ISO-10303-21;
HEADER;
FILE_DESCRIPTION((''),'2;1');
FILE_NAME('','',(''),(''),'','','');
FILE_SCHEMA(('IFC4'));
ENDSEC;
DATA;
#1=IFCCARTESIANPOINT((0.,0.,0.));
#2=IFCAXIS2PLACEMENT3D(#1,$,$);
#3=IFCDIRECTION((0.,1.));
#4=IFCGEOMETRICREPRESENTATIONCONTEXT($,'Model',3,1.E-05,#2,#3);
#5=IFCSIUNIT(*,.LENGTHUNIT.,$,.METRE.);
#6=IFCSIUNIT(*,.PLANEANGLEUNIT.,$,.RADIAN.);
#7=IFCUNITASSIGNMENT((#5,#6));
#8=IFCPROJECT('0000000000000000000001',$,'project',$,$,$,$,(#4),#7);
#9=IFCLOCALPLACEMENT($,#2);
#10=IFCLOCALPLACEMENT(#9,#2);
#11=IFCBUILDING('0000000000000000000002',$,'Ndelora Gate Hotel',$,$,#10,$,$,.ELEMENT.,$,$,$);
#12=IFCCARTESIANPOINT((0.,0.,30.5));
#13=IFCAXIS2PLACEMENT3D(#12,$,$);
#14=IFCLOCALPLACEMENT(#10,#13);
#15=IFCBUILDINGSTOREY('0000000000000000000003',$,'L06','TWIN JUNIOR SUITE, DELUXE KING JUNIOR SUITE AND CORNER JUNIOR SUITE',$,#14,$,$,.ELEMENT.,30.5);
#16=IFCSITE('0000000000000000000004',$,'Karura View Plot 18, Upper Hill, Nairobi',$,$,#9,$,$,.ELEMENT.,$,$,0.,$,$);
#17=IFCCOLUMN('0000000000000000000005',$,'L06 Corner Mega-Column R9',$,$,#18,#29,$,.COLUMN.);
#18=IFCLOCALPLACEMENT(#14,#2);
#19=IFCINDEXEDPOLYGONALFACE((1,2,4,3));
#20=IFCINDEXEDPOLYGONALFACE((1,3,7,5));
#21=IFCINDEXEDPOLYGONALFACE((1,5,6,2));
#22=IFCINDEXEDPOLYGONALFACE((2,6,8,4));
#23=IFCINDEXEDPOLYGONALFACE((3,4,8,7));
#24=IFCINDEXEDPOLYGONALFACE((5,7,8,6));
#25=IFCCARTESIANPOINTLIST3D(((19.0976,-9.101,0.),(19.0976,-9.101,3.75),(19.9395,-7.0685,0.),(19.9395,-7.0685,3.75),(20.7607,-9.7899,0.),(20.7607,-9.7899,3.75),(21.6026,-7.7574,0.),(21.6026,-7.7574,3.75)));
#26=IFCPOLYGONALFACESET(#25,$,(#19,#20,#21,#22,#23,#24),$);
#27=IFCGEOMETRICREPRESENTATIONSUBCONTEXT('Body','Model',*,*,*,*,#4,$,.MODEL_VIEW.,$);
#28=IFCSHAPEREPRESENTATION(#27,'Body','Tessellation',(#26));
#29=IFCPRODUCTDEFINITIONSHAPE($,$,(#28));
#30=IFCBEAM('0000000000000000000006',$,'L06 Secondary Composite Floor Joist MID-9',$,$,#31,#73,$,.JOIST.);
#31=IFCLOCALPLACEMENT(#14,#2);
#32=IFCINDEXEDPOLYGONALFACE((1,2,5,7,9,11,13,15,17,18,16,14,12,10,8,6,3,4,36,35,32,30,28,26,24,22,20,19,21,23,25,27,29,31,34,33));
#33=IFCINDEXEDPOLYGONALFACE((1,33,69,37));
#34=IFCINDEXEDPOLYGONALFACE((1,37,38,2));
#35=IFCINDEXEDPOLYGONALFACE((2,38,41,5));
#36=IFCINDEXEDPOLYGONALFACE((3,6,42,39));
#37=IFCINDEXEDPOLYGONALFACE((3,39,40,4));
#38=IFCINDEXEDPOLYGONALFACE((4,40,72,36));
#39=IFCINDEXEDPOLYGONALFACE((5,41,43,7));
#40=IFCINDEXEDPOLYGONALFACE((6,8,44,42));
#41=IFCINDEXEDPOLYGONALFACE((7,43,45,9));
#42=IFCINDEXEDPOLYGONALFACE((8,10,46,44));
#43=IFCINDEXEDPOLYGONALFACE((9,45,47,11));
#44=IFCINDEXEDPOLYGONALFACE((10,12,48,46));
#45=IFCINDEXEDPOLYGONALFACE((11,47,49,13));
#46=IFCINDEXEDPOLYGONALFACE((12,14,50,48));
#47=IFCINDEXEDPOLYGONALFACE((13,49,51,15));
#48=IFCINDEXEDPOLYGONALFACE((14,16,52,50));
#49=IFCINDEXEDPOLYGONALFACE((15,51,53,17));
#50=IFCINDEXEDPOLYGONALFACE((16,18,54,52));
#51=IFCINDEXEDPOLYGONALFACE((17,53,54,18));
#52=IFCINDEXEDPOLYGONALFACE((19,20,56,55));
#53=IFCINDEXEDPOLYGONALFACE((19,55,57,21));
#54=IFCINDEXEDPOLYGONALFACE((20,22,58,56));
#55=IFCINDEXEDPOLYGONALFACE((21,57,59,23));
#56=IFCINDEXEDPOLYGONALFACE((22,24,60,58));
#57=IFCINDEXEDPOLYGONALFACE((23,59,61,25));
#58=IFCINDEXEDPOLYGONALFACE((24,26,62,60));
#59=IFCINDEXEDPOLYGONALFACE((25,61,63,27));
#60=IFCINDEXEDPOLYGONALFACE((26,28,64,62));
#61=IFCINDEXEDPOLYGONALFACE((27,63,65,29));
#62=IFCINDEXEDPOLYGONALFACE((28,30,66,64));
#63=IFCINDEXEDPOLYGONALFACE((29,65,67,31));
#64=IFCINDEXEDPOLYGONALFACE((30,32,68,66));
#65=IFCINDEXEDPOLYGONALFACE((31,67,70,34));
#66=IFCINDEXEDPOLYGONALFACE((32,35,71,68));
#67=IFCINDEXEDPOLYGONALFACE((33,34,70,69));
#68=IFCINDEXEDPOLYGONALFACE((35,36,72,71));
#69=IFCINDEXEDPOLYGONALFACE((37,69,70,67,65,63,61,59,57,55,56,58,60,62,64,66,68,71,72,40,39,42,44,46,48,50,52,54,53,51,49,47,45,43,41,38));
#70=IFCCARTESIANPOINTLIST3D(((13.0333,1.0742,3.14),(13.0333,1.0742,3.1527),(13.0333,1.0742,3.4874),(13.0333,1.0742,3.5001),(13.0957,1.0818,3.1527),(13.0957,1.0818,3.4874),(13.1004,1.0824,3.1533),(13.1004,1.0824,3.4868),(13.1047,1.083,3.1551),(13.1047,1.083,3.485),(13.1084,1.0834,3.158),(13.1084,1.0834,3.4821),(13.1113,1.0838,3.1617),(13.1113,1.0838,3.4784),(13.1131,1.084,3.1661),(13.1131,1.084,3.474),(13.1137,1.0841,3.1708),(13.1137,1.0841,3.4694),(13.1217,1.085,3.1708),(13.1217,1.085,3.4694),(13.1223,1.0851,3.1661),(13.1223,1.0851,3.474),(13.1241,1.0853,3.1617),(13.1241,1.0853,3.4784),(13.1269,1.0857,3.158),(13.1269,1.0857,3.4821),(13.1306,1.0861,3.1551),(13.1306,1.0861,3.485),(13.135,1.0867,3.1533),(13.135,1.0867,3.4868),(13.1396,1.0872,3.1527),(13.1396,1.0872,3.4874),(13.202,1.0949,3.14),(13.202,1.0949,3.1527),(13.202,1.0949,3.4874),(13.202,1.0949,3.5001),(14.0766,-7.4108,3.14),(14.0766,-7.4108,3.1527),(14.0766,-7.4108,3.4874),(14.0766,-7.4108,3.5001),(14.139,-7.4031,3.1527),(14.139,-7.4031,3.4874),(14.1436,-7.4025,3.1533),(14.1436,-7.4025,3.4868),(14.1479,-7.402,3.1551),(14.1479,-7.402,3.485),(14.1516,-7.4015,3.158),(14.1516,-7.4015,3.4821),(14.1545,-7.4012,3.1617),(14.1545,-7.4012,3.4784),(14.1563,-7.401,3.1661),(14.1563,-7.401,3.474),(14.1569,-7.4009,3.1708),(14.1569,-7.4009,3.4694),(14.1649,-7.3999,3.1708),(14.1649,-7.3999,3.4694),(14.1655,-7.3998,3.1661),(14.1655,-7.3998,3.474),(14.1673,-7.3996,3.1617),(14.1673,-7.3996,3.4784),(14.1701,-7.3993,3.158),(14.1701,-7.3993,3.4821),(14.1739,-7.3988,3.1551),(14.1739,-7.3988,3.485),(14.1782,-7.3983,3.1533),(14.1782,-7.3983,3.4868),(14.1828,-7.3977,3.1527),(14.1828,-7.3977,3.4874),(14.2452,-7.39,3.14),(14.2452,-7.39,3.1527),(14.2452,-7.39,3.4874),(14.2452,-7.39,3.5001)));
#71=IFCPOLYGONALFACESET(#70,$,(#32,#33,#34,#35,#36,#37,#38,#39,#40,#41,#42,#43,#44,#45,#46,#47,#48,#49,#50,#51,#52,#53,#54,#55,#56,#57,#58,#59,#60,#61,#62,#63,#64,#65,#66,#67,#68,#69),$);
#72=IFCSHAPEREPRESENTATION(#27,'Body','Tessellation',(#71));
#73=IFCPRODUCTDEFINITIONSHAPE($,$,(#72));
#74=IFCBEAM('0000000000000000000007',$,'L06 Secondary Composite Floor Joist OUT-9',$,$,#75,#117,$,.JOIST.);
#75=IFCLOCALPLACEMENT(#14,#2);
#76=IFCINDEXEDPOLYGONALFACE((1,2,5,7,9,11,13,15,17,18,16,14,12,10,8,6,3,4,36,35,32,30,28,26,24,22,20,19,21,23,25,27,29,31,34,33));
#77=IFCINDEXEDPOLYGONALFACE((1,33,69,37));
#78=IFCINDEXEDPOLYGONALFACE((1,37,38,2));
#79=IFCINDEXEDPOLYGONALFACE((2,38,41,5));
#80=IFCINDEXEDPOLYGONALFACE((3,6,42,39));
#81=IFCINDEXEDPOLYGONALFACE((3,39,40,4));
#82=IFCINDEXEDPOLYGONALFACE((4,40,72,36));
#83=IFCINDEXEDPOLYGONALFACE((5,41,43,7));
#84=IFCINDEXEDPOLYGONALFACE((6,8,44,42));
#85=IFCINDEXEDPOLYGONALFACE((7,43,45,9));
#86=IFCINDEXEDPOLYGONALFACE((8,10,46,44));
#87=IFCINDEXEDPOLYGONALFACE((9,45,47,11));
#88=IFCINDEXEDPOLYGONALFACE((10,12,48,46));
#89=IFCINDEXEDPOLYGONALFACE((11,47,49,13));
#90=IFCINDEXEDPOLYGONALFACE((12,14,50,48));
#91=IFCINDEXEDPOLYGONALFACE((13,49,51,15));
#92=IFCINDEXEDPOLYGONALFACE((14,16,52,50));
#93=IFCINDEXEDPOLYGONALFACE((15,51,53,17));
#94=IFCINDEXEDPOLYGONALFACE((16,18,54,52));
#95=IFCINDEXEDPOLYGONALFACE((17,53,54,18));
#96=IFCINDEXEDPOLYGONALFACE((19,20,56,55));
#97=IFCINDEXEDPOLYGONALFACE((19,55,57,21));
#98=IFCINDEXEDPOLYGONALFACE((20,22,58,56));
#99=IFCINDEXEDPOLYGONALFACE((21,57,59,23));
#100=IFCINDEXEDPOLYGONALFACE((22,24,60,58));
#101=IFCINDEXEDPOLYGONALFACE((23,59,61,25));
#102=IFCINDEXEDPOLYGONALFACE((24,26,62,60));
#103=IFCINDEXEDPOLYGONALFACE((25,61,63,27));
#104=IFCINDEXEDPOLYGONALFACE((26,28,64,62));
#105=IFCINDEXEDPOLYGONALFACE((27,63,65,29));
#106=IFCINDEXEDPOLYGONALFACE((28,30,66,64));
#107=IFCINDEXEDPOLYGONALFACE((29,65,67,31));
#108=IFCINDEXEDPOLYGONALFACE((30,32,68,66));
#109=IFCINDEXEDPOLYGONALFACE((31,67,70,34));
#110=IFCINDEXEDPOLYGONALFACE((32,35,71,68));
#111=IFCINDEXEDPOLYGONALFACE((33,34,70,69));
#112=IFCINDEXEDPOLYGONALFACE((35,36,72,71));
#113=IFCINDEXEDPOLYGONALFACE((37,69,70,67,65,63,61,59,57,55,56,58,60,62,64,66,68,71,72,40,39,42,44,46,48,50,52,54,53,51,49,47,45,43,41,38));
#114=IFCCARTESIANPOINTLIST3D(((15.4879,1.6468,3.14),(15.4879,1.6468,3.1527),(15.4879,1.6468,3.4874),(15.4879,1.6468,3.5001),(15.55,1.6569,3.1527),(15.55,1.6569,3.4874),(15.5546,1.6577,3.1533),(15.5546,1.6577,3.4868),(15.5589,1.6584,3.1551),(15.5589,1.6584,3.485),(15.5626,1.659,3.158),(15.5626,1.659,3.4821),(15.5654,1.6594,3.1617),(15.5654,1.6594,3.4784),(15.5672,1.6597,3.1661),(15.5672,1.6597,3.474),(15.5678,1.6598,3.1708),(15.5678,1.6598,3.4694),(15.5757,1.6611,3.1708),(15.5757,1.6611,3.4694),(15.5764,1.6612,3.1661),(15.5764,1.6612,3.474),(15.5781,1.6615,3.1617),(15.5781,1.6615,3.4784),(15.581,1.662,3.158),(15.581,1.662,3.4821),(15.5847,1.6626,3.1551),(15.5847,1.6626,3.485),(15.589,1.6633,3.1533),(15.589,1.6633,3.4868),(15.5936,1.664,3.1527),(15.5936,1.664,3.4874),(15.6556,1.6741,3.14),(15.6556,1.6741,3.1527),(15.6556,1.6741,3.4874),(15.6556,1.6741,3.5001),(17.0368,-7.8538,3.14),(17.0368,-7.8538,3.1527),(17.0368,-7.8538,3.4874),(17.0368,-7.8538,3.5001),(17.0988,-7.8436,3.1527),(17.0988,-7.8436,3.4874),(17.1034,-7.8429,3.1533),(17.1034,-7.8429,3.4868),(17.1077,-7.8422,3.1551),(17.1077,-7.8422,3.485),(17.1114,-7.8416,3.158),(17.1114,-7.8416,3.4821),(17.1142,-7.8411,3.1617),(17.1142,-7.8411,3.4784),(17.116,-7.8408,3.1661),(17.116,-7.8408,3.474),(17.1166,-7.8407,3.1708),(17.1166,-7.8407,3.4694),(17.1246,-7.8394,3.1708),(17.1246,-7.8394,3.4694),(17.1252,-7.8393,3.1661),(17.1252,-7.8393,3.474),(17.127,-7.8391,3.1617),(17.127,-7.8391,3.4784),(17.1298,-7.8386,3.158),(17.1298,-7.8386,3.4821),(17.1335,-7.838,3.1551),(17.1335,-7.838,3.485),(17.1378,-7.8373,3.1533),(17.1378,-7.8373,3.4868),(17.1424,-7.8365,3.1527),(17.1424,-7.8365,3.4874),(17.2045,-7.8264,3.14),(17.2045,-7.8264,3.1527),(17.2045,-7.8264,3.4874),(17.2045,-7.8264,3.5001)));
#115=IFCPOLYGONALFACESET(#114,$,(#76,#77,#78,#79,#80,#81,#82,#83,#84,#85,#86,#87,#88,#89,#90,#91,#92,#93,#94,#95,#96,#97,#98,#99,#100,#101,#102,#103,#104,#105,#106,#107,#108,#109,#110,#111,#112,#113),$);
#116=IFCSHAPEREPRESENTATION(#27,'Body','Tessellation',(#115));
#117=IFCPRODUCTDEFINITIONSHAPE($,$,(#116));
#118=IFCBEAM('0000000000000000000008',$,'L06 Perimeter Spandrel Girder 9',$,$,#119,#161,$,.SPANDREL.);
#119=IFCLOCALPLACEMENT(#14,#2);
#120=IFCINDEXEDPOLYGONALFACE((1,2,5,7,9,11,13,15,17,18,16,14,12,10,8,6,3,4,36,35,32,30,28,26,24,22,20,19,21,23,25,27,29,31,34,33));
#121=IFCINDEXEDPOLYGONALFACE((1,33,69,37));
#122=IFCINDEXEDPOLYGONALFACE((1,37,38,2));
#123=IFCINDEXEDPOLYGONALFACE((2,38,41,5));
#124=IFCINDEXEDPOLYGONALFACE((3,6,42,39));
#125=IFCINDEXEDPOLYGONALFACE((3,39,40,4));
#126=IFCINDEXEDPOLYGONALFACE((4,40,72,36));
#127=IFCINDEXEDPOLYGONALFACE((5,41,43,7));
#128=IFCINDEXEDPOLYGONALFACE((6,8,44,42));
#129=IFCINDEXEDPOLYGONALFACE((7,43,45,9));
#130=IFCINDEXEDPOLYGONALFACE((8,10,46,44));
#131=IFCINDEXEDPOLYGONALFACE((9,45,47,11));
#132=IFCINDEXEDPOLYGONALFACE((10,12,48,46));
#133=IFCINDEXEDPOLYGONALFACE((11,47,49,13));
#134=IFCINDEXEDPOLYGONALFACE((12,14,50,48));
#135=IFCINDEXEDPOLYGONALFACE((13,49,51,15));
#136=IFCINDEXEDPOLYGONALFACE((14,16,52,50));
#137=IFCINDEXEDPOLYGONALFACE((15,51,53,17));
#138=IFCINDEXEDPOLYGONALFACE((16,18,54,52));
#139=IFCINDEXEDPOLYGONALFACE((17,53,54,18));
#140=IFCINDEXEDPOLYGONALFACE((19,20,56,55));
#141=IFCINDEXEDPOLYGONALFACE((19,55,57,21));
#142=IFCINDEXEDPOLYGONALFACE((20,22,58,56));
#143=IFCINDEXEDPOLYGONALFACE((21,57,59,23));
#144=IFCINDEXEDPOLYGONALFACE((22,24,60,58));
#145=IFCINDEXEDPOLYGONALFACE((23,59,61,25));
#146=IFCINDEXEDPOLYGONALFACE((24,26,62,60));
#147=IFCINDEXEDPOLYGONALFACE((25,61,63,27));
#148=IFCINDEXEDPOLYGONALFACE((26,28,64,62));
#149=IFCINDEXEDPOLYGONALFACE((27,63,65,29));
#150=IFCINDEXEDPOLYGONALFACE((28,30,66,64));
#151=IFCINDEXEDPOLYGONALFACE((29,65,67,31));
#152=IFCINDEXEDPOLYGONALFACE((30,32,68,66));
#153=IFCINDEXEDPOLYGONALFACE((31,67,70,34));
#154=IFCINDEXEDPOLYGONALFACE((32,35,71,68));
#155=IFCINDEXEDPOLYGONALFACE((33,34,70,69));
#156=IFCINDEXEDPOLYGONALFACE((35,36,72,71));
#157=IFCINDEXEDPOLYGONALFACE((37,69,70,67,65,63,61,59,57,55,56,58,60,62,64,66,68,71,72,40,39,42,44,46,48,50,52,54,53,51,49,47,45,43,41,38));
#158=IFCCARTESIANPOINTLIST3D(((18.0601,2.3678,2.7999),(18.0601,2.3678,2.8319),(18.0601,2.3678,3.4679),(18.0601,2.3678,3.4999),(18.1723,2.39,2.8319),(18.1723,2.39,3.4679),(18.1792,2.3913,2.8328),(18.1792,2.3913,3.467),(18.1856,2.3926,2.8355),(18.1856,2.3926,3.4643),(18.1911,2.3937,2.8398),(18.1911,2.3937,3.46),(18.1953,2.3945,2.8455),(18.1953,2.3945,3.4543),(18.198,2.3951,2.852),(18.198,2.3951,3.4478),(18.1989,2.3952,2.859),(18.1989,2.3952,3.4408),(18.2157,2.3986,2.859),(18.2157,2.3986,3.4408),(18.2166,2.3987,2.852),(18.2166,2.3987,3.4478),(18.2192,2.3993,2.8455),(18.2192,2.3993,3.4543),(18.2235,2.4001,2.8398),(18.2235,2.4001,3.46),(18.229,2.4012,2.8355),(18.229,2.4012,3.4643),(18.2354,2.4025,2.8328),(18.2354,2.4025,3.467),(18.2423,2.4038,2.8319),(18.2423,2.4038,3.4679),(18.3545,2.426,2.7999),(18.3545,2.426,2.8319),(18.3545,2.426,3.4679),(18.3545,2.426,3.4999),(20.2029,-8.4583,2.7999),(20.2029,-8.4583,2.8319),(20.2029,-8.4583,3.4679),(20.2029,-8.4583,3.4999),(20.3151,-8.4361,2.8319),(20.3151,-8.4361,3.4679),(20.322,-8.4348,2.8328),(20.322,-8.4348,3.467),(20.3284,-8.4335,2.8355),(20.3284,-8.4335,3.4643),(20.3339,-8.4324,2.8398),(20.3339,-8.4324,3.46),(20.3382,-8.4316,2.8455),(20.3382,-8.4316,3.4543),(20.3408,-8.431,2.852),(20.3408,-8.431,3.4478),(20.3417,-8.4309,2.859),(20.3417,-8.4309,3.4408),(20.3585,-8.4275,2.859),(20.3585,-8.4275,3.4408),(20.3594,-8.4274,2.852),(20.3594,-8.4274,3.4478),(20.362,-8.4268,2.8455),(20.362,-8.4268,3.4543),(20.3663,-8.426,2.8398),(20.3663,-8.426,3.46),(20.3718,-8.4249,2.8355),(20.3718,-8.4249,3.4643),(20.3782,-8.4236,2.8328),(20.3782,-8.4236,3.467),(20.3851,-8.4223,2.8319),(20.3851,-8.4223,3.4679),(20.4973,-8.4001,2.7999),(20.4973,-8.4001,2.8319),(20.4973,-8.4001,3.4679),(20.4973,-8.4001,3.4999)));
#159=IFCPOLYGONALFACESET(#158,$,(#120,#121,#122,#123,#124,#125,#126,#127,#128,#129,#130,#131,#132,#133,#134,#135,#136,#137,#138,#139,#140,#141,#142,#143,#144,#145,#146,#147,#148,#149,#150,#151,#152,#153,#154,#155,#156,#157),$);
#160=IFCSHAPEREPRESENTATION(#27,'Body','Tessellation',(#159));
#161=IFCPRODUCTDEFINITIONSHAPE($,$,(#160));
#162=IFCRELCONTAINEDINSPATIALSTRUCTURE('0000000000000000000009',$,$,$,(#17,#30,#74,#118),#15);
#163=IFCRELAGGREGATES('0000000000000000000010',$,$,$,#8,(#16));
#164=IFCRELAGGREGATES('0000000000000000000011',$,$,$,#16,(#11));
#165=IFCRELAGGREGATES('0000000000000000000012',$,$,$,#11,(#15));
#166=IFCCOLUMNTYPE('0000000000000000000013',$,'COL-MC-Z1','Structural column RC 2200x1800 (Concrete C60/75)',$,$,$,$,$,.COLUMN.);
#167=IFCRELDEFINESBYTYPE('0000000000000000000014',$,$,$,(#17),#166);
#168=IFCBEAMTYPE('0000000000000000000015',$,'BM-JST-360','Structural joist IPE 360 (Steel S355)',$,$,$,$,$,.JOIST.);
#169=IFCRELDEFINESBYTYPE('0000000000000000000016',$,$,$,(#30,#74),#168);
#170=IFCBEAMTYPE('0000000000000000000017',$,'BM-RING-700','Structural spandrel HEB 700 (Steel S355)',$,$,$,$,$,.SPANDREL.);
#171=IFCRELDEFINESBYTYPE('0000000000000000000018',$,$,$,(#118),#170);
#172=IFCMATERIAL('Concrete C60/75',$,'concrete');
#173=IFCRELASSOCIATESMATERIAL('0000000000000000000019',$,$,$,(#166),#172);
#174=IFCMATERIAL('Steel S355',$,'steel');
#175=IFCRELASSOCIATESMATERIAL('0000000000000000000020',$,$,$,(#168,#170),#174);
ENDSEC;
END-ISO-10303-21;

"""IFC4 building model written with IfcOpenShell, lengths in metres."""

from ifc_helpers import new_model, si_unit, direction, frame, origin, origin_2d, place, context, subcontext, project, spatial, rectangle, i_section, extrude, material, material_profile, profile_set, type_object, element, save


model = new_model("IFC4")

# Units and contexts
model_context = context("Model", 3, precision=1e-05, world=origin(), true_north=direction((0.0, 1.0)))
body_context = subcontext(model_context, "Body", "Model", "MODEL_VIEW")
ifc_project = project(units=[si_unit("LENGTHUNIT", "METRE"), si_unit("PLANEANGLEUNIT", "RADIAN")], contexts=[model_context])

# Site, building, storey
site_placement = place(None, origin())
site = spatial("IfcSite", under=ifc_project, at=site_placement, Name="Karura View Plot 18, Upper Hill, Nairobi", CompositionType="ELEMENT", RefElevation=0.0)
building_placement = place(site_placement, origin())
building = spatial("IfcBuilding", under=site, at=building_placement, Name="Ndelora Gate Hotel", CompositionType="ELEMENT")
storey_placement = place(building_placement, frame((0.0, 0.0, 30.5)))
storey = spatial("IfcBuildingStorey", under=building, at=storey_placement, Name="L06", Description="TWIN JUNIOR SUITE, DELUXE KING JUNIOR SUITE AND CORNER JUNIOR SUITE", CompositionType="ELEMENT", Elevation=30.5)

# Column
ifc_material_1 = material(Name="Concrete C60/75", Category="concrete")
ifc_material_profile_1 = material_profile(ifc_material_1, rectangle(XDim=1.8, YDim=2.2, at=origin_2d()), Name="RC 2200x1800")
ifc_profile_set_1 = profile_set([ifc_material_profile_1], Name="Concrete C60/75")
column_type = type_object("IfcColumnType", Name="COL-MC-Z1", Description="Structural column RC 2200x1800 (Concrete C60/75)", PredefinedType="COLUMN", material=ifc_profile_set_1)
column_placement = place(storey_placement, frame((20.3501, -8.4292, 0.0), z_axis=(0.0, 0.0, 1.0), x_axis=(-0.92388, 0.382683, 0.0)))
element("IfcColumn", 1, at=column_placement, inside=storey, type_object=column_type, Name="L06 Corner Mega-Column R9", PredefinedType="COLUMN", context=body_context, shape_type="SweptSolid", body=[
    extrude(rectangle(XDim=1.8, YDim=2.2, at=origin_2d()), origin(), (0.0, 0.0, 1.0), 3.75),
])

# Beams
ifc_material_2 = material(Name="Steel S355", Category="steel")
ifc_material_profile_2 = material_profile(ifc_material_2, i_section(OverallWidth=0.1699, OverallDepth=0.3601, WebThickness=0.0081, FlangeThickness=0.0127, FilletRadius=0.0181, at=origin_2d()), Name="IPE 360")
ifc_profile_set_2 = profile_set([ifc_material_profile_2], Name="Steel S355")
beam_type_1 = type_object("IfcBeamType", Name="BM-JST-360", Description="Structural joist IPE 360 (Steel S355)", PredefinedType="JOIST", material=ifc_profile_set_2)
beam_1_placement = place(storey_placement, frame((14.1609, -7.4004, 3.3201), z_axis=(-0.122031, 0.992526, 0.0), x_axis=(-0.992526, -0.122031, 0.0)))
element("IfcBeam", 2, at=beam_1_placement, inside=storey, type_object=beam_type_1, Name="L06 Secondary Composite Floor Joist MID-9", PredefinedType="JOIST", context=body_context, shape_type="SweptSolid", body=[
    extrude(i_section(OverallWidth=0.1699, OverallDepth=0.3601, WebThickness=0.0081, FlangeThickness=0.0127, FilletRadius=0.0181, at=origin_2d()), origin(), (0.0, 0.0, 1.0), 8.5488),
])
beam_2_placement = place(storey_placement, frame((17.1206, -7.8401, 3.3201), z_axis=(-0.160902, 0.98697, 0.0), x_axis=(-0.98697, -0.160902, 0.0)))
element("IfcBeam", 3, at=beam_2_placement, inside=storey, type_object=beam_type_1, Name="L06 Secondary Composite Floor Joist OUT-9", PredefinedType="JOIST", context=body_context, shape_type="SweptSolid", body=[
    extrude(i_section(OverallWidth=0.1699, OverallDepth=0.3601, WebThickness=0.0081, FlangeThickness=0.0127, FilletRadius=0.0181, at=origin_2d()), origin(), (0.0, 0.0, 1.0), 9.626),
])
ifc_material_profile_3 = material_profile(ifc_material_2, i_section(OverallWidth=0.3, OverallDepth=0.7, WebThickness=0.0171, FlangeThickness=0.032, FilletRadius=0.0271, at=origin_2d()), Name="HEB 700")
ifc_profile_set_3 = profile_set([ifc_material_profile_3], Name="Steel S355")
beam_type_2 = type_object("IfcBeamType", Name="BM-RING-700", Description="Structural spandrel HEB 700 (Steel S355)", PredefinedType="SPANDREL", material=ifc_profile_set_3)
beam_3_placement = place(storey_placement, frame((20.3501, -8.4292, 3.1499), z_axis=(-0.194163, 0.980969, 0.0), x_axis=(-0.980969, -0.194163, 0.0)))
element("IfcBeam", 4, at=beam_3_placement, inside=storey, type_object=beam_type_2, Name="L06 Perimeter Spandrel Girder 9", PredefinedType="SPANDREL", context=body_context, shape_type="SweptSolid", body=[
    extrude(i_section(OverallWidth=0.3, OverallDepth=0.7, WebThickness=0.0171, FlangeThickness=0.032, FilletRadius=0.0271, at=origin_2d()), origin(), (0.0, 0.0, 1.0), 11.0361),
])

save(model, "model.ifc")
